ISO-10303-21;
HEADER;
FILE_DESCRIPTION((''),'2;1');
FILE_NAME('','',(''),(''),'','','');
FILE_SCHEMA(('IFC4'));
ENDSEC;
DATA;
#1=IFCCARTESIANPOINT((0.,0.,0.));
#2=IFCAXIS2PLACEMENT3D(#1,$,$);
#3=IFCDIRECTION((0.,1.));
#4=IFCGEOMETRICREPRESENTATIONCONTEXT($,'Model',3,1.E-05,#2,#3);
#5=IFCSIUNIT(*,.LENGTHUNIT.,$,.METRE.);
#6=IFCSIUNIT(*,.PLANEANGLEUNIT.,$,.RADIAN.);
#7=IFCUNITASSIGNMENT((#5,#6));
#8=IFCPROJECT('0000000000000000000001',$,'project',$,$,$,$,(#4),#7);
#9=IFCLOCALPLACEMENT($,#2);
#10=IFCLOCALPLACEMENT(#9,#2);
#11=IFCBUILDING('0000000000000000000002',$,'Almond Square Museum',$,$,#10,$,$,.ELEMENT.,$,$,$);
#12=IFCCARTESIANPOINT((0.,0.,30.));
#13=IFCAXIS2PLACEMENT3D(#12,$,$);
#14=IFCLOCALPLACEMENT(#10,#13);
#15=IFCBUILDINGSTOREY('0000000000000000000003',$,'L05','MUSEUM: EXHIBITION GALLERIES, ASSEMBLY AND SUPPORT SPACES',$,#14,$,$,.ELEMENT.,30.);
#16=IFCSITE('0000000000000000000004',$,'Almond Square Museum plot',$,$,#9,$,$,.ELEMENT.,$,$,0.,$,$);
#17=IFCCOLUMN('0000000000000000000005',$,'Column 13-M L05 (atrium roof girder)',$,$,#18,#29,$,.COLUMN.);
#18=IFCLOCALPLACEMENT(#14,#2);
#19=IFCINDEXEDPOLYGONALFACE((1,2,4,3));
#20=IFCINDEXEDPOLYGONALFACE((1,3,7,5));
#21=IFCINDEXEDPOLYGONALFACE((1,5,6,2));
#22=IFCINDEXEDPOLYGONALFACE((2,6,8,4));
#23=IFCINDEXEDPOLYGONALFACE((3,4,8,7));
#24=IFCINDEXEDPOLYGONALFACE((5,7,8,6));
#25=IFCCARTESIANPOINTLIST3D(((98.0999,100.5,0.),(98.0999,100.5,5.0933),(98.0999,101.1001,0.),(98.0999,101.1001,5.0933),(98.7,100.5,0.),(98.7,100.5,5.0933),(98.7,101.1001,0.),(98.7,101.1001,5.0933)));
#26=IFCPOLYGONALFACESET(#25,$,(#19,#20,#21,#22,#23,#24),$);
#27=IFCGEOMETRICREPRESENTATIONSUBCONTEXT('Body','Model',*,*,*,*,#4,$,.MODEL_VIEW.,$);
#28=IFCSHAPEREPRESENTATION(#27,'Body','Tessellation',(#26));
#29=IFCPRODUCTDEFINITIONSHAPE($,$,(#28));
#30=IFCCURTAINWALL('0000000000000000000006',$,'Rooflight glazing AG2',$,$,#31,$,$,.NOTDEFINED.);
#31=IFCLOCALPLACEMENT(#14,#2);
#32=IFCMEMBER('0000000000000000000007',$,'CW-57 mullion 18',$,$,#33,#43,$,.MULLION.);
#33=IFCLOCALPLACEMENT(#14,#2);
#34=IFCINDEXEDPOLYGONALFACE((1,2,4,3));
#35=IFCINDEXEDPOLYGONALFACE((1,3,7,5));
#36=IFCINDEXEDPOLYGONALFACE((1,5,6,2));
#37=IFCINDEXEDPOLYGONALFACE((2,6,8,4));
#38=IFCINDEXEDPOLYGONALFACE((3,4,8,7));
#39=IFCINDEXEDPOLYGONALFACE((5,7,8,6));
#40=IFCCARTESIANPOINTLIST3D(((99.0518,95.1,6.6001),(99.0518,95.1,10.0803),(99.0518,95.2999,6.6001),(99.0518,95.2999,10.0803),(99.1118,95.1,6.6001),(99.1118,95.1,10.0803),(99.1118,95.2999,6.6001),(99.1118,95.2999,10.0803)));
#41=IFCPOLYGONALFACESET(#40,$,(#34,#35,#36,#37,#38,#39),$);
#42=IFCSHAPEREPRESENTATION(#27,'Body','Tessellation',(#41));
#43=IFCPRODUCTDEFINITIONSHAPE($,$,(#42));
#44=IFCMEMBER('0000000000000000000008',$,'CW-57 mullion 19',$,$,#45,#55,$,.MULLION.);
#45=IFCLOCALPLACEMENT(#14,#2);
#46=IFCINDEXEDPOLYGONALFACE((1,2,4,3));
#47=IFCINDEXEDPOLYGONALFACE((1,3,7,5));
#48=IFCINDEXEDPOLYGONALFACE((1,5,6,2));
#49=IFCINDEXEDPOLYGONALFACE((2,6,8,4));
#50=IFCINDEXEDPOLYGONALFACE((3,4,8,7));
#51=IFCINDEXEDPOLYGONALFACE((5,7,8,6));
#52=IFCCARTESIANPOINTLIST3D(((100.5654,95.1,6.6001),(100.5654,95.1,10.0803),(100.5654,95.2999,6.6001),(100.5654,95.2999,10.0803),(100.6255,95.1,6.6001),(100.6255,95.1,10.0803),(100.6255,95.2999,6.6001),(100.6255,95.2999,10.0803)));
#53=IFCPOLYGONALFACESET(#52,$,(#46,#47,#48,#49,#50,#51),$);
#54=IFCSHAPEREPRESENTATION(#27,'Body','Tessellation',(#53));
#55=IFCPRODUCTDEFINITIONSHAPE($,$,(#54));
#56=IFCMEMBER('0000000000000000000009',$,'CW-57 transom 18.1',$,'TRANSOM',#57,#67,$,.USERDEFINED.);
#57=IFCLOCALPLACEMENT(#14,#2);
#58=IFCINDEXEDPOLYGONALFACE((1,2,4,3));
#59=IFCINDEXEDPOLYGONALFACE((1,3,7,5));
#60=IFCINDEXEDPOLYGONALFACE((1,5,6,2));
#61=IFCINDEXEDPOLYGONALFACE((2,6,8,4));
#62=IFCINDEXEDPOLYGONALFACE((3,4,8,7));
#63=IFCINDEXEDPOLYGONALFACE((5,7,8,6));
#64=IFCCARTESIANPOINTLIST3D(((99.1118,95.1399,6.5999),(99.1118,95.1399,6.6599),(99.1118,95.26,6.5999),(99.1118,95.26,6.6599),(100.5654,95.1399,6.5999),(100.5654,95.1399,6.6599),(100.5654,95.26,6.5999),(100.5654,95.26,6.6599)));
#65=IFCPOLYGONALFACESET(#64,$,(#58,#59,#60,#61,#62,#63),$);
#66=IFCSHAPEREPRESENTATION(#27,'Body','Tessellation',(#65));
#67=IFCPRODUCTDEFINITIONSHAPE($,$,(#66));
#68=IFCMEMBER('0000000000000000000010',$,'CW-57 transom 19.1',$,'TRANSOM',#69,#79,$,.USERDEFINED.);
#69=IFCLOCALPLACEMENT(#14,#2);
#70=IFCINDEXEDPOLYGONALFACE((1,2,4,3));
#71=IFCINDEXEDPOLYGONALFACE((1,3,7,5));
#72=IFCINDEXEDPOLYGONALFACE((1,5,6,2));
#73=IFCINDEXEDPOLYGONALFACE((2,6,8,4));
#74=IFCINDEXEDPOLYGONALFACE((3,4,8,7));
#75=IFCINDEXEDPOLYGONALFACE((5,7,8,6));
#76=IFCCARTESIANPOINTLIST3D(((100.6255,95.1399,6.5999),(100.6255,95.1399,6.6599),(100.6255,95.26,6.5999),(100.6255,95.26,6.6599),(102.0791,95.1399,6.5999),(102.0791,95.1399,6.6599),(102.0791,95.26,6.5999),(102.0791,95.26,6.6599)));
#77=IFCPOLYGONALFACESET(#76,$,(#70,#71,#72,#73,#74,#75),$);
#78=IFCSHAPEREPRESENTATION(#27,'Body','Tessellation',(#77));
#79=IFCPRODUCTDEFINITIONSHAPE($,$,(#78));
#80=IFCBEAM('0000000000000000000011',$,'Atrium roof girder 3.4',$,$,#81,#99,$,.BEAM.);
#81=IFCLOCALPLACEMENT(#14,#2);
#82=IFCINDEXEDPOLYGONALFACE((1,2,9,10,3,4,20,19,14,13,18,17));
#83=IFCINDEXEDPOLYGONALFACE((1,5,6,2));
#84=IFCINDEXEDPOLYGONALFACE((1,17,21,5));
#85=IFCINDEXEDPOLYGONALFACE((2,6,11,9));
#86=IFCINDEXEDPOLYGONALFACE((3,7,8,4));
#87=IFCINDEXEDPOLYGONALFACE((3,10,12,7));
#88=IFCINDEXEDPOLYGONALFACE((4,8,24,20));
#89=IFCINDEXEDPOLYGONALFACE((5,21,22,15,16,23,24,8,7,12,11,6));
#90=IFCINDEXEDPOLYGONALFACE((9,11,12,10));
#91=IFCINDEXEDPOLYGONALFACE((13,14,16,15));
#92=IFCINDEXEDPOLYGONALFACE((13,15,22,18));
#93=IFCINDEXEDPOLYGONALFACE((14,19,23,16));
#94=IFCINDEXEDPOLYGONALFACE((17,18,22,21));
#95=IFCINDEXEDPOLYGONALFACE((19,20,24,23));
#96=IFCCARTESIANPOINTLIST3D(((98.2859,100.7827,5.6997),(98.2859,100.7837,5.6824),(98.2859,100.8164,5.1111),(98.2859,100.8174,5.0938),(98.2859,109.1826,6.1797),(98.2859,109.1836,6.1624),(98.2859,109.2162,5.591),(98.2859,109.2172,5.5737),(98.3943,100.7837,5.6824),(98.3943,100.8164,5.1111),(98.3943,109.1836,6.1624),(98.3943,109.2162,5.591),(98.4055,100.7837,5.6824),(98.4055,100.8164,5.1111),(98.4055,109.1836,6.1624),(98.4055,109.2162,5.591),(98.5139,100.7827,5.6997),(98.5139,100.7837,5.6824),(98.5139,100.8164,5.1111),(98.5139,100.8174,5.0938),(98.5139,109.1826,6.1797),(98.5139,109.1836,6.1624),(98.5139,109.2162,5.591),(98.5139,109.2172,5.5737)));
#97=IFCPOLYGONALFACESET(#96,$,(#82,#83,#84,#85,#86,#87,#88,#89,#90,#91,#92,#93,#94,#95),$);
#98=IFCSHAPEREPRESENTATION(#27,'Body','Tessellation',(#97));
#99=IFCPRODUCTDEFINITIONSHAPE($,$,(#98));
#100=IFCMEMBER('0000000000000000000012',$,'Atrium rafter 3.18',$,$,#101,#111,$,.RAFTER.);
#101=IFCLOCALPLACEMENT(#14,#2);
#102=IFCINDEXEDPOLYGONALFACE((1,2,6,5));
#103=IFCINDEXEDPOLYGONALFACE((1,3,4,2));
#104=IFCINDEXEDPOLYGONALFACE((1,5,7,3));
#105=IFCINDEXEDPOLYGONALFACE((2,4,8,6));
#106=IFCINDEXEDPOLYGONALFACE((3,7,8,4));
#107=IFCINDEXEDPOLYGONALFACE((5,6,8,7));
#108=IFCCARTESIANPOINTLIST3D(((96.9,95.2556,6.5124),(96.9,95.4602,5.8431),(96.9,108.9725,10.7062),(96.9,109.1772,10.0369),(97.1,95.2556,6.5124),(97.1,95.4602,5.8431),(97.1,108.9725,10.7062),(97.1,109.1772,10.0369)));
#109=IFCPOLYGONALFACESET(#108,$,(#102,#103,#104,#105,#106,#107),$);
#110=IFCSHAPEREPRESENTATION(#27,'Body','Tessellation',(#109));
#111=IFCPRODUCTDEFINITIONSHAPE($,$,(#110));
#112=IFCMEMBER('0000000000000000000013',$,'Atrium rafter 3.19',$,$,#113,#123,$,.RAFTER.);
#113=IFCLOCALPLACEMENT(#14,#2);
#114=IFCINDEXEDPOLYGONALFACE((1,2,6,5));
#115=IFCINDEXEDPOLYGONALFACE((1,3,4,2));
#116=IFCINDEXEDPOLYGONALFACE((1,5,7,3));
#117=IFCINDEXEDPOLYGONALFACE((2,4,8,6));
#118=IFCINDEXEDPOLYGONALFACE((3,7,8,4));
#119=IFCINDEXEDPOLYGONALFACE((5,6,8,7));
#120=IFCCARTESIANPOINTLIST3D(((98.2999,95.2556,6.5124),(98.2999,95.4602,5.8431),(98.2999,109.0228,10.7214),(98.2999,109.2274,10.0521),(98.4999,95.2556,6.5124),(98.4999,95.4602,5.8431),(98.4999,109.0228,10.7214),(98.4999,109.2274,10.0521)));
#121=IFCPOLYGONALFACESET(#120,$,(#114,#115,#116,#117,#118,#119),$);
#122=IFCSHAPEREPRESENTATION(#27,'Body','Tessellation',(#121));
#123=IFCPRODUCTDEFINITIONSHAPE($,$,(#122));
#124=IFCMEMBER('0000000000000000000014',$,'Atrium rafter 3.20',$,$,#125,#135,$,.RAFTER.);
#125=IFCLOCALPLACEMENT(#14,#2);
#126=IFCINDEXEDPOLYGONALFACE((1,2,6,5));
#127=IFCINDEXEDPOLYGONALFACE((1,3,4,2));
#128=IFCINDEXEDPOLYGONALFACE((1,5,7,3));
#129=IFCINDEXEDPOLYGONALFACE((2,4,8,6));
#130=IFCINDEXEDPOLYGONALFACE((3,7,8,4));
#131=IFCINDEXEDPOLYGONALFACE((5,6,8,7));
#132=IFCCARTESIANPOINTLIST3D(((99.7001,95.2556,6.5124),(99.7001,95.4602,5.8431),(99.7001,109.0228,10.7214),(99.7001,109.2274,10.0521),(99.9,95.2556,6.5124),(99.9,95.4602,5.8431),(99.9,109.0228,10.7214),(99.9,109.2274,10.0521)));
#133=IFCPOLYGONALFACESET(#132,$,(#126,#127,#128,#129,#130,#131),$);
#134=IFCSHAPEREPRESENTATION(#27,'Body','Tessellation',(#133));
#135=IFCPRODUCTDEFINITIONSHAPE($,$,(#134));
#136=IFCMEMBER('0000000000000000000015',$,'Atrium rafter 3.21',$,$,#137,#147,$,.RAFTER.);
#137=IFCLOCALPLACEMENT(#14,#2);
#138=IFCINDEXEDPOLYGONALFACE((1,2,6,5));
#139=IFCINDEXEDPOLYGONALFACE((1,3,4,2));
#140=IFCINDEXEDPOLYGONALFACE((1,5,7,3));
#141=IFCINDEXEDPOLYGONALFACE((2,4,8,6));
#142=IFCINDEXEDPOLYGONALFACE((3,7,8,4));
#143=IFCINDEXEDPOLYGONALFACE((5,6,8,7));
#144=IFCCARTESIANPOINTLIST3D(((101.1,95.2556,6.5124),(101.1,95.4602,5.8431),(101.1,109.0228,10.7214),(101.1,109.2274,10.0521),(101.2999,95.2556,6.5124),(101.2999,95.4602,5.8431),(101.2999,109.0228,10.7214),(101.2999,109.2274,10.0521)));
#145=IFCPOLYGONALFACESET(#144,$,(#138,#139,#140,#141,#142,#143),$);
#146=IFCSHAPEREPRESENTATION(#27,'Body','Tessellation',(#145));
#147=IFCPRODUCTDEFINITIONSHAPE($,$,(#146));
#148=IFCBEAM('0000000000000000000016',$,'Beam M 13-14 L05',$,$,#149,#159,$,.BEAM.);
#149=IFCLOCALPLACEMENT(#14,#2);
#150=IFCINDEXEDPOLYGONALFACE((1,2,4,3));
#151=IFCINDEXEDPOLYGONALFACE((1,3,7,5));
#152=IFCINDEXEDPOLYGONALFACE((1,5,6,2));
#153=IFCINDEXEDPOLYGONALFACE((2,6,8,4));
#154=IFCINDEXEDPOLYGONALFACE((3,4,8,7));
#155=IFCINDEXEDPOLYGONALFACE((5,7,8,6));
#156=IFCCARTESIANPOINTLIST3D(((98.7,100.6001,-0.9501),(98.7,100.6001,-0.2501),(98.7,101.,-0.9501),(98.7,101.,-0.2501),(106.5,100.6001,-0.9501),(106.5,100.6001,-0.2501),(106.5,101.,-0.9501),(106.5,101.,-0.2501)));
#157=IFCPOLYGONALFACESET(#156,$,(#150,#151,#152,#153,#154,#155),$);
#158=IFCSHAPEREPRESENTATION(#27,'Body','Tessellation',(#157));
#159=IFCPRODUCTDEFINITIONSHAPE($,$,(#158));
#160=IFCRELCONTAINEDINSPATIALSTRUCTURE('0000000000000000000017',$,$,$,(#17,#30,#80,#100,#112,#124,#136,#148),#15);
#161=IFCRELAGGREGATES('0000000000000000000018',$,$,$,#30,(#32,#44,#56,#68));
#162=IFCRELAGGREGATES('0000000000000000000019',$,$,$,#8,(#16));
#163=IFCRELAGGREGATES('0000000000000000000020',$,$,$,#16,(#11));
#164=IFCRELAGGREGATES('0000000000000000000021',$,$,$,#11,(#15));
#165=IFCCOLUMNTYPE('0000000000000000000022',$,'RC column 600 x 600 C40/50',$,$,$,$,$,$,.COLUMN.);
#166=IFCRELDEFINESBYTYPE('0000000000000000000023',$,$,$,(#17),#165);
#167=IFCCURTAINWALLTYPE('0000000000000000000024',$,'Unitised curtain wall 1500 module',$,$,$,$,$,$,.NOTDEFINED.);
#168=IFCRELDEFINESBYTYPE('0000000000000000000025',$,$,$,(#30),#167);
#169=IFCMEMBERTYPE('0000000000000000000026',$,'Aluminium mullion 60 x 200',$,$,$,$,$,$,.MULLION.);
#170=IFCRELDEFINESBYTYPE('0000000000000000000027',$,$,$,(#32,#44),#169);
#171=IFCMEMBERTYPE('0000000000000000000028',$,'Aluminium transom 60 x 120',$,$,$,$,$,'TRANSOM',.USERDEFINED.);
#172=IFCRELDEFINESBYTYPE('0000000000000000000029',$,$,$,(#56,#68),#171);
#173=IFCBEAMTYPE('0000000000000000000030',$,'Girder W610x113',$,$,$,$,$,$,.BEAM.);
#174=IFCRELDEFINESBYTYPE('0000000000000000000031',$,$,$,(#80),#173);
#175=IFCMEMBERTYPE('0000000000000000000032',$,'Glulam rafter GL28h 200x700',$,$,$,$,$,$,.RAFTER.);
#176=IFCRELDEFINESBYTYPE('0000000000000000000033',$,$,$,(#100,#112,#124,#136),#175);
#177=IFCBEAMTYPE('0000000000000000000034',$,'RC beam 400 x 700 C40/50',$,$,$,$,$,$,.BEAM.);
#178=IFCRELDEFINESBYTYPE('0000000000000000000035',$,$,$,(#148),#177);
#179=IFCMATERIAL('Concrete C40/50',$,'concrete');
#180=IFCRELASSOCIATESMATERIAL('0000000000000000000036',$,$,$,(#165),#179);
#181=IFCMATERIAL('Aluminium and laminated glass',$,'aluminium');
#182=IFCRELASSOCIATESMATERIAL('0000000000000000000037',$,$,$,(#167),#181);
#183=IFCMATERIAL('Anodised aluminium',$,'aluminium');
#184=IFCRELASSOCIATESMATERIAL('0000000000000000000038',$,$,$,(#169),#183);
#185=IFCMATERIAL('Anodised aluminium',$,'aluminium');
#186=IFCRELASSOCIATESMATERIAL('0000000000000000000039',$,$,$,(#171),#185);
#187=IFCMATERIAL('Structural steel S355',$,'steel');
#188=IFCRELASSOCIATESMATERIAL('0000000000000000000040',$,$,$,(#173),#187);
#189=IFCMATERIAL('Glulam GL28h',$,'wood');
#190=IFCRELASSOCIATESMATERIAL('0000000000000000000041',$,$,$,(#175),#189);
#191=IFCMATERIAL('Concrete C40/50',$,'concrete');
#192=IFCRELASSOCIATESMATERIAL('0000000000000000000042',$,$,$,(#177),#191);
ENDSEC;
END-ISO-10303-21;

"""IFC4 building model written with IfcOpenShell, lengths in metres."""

from ifc_helpers import new_model, si_unit, direction, frame, origin, origin_2d, place, context, subcontext, project, spatial, rectangle, i_section, extrude, material, material_profile, profile_set, type_object, element, aggregate, save


model = new_model("IFC4")

# Units and contexts
model_context = context("Model", 3, precision=1e-05, world=origin(), true_north=direction((0.0, 1.0)))
body_context = subcontext(model_context, "Body", "Model", "MODEL_VIEW")
ifc_project = project(units=[si_unit("LENGTHUNIT", "METRE"), si_unit("PLANEANGLEUNIT", "RADIAN")], contexts=[model_context])

# Site, building, storey
site_placement = place(None, origin())
site = spatial("IfcSite", under=ifc_project, at=site_placement, Name="Almond Square Museum plot", CompositionType="ELEMENT", RefElevation=0.0)
building_placement = place(site_placement, origin())
building = spatial("IfcBuilding", under=site, at=building_placement, Name="Almond Square Museum", CompositionType="ELEMENT")
storey_placement = place(building_placement, frame((0.0, 0.0, 30.0)))
storey = spatial("IfcBuildingStorey", under=building, at=storey_placement, Name="L05", Description="MUSEUM: EXHIBITION GALLERIES, ASSEMBLY AND SUPPORT SPACES", CompositionType="ELEMENT", Elevation=30.0)

# Column
ifc_material_1 = material(Name="Concrete C40/50", Category="concrete")
ifc_material_profile_1 = material_profile(ifc_material_1, rectangle(XDim=0.6001, YDim=0.6001, at=origin_2d()))
ifc_profile_set_1 = profile_set([ifc_material_profile_1], Name="Concrete C40/50")
column_type = type_object("IfcColumnType", Name="RC column 600 x 600 C40/50", PredefinedType="COLUMN", material=ifc_profile_set_1)
column_placement = place(storey_placement, frame((98.3999, 100.8, 0.0), z_axis=(0.0, 0.0, 1.0), x_axis=(1.0, 0.0, 0.0)))
element("IfcColumn", 1, at=column_placement, inside=storey, type_object=column_type, Name="Column 13-M L05 (atrium roof girder)", PredefinedType="COLUMN", context=body_context, shape_type="SweptSolid", body=[
    extrude(rectangle(XDim=0.6001, YDim=0.6001, at=origin_2d()), origin(), (0.0, 0.0, 1.0), 5.0933),
])

# Curtain wall, members
ifc_material_2 = material(Name="Aluminium and laminated glass", Category="aluminium")
curtain_wall_type = type_object("IfcCurtainWallType", Name="Unitised curtain wall 1500 module", PredefinedType="NOTDEFINED", material=ifc_material_2)
curtain_wall_placement = place(storey_placement, origin())
curtain_wall = element("IfcCurtainWall", 2, at=curtain_wall_placement, inside=storey, type_object=curtain_wall_type, Name="Rooflight glazing AG2", PredefinedType="NOTDEFINED")
ifc_material_3 = material(Name="Anodised aluminium", Category="aluminium")
ifc_material_profile_2 = material_profile(ifc_material_3, rectangle(XDim=0.2, YDim=0.0601, at=origin_2d()))
ifc_profile_set_2 = profile_set([ifc_material_profile_2], Name="Anodised aluminium")
member_type_1 = type_object("IfcMemberType", Name="Aluminium mullion 60 x 200", PredefinedType="MULLION", material=ifc_profile_set_2)
member_1_placement = place(storey_placement, frame((99.0818, 95.2, 6.6001), z_axis=(0.0, 0.0, 1.0), x_axis=(0.0, 1.0, 0.0)))
member_1 = element("IfcMember", 3, at=member_1_placement, type_object=member_type_1, Name="CW-57 mullion 18", PredefinedType="MULLION", context=body_context, shape_type="SweptSolid", body=[
    extrude(rectangle(XDim=0.2, YDim=0.0601, at=origin_2d()), origin(), (0.0, 0.0, 1.0), 3.4802),
])
member_2_placement = place(storey_placement, frame((100.5955, 95.2, 6.6001), z_axis=(0.0, 0.0, 1.0), x_axis=(0.0, 1.0, 0.0)))
member_2 = element("IfcMember", 4, at=member_2_placement, type_object=member_type_1, Name="CW-57 mullion 19", PredefinedType="MULLION", context=body_context, shape_type="SweptSolid", body=[
    extrude(rectangle(XDim=0.2, YDim=0.0601, at=origin_2d()), origin(), (0.0, 0.0, 1.0), 3.4802),
])
ifc_material_4 = material(Name="Anodised aluminium", Category="aluminium")
ifc_material_profile_3 = material_profile(ifc_material_4, rectangle(XDim=0.1201, YDim=0.0601, at=origin_2d()))
ifc_profile_set_3 = profile_set([ifc_material_profile_3], Name="Anodised aluminium")
member_type_2 = type_object("IfcMemberType", Name="Aluminium transom 60 x 120", ElementType="TRANSOM", PredefinedType="USERDEFINED", material=ifc_profile_set_3)
member_3_placement = place(storey_placement, frame((99.1118, 95.2, 6.6299), z_axis=(1.0, 0.0, 0.0), x_axis=(0.0, 1.0, 0.0)))
member_3 = element("IfcMember", 5, at=member_3_placement, type_object=member_type_2, Name="CW-57 transom 18.1", ObjectType="TRANSOM", PredefinedType="USERDEFINED", context=body_context, shape_type="SweptSolid", body=[
    extrude(rectangle(XDim=0.1201, YDim=0.0601, at=origin_2d()), origin(), (0.0, 0.0, 1.0), 1.4536),
])
member_4_placement = place(storey_placement, frame((100.6255, 95.2, 6.6299), z_axis=(1.0, 0.0, 0.0), x_axis=(0.0, 1.0, 0.0)))
member_4 = element("IfcMember", 6, at=member_4_placement, type_object=member_type_2, Name="CW-57 transom 19.1", ObjectType="TRANSOM", PredefinedType="USERDEFINED", context=body_context, shape_type="SweptSolid", body=[
    extrude(rectangle(XDim=0.1201, YDim=0.0601, at=origin_2d()), origin(), (0.0, 0.0, 1.0), 1.4536),
])

# Beam
ifc_material_5 = material(Name="Structural steel S355", Category="steel")
ifc_material_profile_4 = material_profile(ifc_material_5, i_section(OverallWidth=0.228, OverallDepth=0.6069, WebThickness=0.0112, FlangeThickness=0.0173, at=origin_2d()))
ifc_profile_set_4 = profile_set([ifc_material_profile_4], Name="Structural steel S355")
beam_type_1 = type_object("IfcBeamType", Name="Girder W610x113", PredefinedType="BEAM", material=ifc_profile_set_4)
beam_1_placement = place(storey_placement, frame((98.3999, 100.8, 5.3967), z_axis=(0.0, 0.998371, 0.057048), x_axis=(-1.0, 0.0, 0.0)))
element("IfcBeam", 7, at=beam_1_placement, inside=storey, type_object=beam_type_1, Name="Atrium roof girder 3.4", PredefinedType="BEAM", context=body_context, shape_type="SweptSolid", body=[
    extrude(i_section(OverallWidth=0.228, OverallDepth=0.6069, WebThickness=0.0112, FlangeThickness=0.0173, at=origin_2d()), origin(), (0.0, 0.0, 1.0), 8.4136),
])

# Members
ifc_material_6 = material(Name="Glulam GL28h", Category="wood")
ifc_material_profile_5 = material_profile(ifc_material_6, rectangle(XDim=0.2, YDim=0.7, at=origin_2d()))
ifc_profile_set_5 = profile_set([ifc_material_profile_5], Name="Glulam GL28h")
member_type_3 = type_object("IfcMemberType", Name="Glulam rafter GL28h 200x700", PredefinedType="RAFTER", material=ifc_profile_set_5)
member_5_placement = place(storey_placement, frame((97.0, 95.3579, 6.1777), z_axis=(0.0, 0.956302, 0.29238), x_axis=(-1.0, 0.0, 0.0)))
element("IfcMember", 8, at=member_5_placement, inside=storey, type_object=member_type_3, Name="Atrium rafter 3.18", PredefinedType="RAFTER", context=body_context, shape_type="SweptSolid", body=[
    extrude(rectangle(XDim=0.2, YDim=0.7, at=origin_2d()), origin(), (0.0, 0.0, 1.0), 14.3438),
])
for number, where, z_axis, x_axis, name in (
    (9, (98.3999, 95.3579, 6.1777), (0.0, 0.956305, 0.292369), (-1.0, 0.0, 0.0), "Atrium rafter 3.19"),
    (10, (99.8, 95.3579, 6.1777), (0.0, 0.956305, 0.292369), (-1.0, 0.0, 0.0), "Atrium rafter 3.20"),
    (11, (101.2, 95.3579, 6.1777), (0.0, 0.956305, 0.292369), (-1.0, 0.0, 0.0), "Atrium rafter 3.21"),
):
    element("IfcMember", number, at=place(storey_placement, frame(where, z_axis=z_axis, x_axis=x_axis)), inside=storey, type_object=member_type_3, Name=name, PredefinedType="RAFTER", context=body_context, shape_type="SweptSolid", body=[
        extrude(rectangle(XDim=0.2, YDim=0.7, at=origin_2d()), origin(), (0.0, 0.0, 1.0), 14.3962),
    ])

# Beam
ifc_material_7 = material(Name="Concrete C40/50", Category="concrete")
ifc_material_profile_6 = material_profile(ifc_material_7, rectangle(XDim=0.3999, YDim=0.7, at=origin_2d()))
ifc_profile_set_6 = profile_set([ifc_material_profile_6], Name="Concrete C40/50")
beam_type_2 = type_object("IfcBeamType", Name="RC beam 400 x 700 C40/50", PredefinedType="BEAM", material=ifc_profile_set_6)
beam_2_placement = place(storey_placement, frame((98.7, 100.8, -0.6001), z_axis=(1.0, 0.0, 0.0), x_axis=(0.0, 1.0, 0.0)))
element("IfcBeam", 12, at=beam_2_placement, inside=storey, type_object=beam_type_2, Name="Beam M 13-14 L05", PredefinedType="BEAM", context=body_context, shape_type="SweptSolid", body=[
    extrude(rectangle(XDim=0.3999, YDim=0.7, at=origin_2d()), origin(), (0.0, 0.0, 1.0), 7.8),
])

aggregate(curtain_wall, [member_1, member_2, member_3, member_4])

save(model, "model.ifc")
